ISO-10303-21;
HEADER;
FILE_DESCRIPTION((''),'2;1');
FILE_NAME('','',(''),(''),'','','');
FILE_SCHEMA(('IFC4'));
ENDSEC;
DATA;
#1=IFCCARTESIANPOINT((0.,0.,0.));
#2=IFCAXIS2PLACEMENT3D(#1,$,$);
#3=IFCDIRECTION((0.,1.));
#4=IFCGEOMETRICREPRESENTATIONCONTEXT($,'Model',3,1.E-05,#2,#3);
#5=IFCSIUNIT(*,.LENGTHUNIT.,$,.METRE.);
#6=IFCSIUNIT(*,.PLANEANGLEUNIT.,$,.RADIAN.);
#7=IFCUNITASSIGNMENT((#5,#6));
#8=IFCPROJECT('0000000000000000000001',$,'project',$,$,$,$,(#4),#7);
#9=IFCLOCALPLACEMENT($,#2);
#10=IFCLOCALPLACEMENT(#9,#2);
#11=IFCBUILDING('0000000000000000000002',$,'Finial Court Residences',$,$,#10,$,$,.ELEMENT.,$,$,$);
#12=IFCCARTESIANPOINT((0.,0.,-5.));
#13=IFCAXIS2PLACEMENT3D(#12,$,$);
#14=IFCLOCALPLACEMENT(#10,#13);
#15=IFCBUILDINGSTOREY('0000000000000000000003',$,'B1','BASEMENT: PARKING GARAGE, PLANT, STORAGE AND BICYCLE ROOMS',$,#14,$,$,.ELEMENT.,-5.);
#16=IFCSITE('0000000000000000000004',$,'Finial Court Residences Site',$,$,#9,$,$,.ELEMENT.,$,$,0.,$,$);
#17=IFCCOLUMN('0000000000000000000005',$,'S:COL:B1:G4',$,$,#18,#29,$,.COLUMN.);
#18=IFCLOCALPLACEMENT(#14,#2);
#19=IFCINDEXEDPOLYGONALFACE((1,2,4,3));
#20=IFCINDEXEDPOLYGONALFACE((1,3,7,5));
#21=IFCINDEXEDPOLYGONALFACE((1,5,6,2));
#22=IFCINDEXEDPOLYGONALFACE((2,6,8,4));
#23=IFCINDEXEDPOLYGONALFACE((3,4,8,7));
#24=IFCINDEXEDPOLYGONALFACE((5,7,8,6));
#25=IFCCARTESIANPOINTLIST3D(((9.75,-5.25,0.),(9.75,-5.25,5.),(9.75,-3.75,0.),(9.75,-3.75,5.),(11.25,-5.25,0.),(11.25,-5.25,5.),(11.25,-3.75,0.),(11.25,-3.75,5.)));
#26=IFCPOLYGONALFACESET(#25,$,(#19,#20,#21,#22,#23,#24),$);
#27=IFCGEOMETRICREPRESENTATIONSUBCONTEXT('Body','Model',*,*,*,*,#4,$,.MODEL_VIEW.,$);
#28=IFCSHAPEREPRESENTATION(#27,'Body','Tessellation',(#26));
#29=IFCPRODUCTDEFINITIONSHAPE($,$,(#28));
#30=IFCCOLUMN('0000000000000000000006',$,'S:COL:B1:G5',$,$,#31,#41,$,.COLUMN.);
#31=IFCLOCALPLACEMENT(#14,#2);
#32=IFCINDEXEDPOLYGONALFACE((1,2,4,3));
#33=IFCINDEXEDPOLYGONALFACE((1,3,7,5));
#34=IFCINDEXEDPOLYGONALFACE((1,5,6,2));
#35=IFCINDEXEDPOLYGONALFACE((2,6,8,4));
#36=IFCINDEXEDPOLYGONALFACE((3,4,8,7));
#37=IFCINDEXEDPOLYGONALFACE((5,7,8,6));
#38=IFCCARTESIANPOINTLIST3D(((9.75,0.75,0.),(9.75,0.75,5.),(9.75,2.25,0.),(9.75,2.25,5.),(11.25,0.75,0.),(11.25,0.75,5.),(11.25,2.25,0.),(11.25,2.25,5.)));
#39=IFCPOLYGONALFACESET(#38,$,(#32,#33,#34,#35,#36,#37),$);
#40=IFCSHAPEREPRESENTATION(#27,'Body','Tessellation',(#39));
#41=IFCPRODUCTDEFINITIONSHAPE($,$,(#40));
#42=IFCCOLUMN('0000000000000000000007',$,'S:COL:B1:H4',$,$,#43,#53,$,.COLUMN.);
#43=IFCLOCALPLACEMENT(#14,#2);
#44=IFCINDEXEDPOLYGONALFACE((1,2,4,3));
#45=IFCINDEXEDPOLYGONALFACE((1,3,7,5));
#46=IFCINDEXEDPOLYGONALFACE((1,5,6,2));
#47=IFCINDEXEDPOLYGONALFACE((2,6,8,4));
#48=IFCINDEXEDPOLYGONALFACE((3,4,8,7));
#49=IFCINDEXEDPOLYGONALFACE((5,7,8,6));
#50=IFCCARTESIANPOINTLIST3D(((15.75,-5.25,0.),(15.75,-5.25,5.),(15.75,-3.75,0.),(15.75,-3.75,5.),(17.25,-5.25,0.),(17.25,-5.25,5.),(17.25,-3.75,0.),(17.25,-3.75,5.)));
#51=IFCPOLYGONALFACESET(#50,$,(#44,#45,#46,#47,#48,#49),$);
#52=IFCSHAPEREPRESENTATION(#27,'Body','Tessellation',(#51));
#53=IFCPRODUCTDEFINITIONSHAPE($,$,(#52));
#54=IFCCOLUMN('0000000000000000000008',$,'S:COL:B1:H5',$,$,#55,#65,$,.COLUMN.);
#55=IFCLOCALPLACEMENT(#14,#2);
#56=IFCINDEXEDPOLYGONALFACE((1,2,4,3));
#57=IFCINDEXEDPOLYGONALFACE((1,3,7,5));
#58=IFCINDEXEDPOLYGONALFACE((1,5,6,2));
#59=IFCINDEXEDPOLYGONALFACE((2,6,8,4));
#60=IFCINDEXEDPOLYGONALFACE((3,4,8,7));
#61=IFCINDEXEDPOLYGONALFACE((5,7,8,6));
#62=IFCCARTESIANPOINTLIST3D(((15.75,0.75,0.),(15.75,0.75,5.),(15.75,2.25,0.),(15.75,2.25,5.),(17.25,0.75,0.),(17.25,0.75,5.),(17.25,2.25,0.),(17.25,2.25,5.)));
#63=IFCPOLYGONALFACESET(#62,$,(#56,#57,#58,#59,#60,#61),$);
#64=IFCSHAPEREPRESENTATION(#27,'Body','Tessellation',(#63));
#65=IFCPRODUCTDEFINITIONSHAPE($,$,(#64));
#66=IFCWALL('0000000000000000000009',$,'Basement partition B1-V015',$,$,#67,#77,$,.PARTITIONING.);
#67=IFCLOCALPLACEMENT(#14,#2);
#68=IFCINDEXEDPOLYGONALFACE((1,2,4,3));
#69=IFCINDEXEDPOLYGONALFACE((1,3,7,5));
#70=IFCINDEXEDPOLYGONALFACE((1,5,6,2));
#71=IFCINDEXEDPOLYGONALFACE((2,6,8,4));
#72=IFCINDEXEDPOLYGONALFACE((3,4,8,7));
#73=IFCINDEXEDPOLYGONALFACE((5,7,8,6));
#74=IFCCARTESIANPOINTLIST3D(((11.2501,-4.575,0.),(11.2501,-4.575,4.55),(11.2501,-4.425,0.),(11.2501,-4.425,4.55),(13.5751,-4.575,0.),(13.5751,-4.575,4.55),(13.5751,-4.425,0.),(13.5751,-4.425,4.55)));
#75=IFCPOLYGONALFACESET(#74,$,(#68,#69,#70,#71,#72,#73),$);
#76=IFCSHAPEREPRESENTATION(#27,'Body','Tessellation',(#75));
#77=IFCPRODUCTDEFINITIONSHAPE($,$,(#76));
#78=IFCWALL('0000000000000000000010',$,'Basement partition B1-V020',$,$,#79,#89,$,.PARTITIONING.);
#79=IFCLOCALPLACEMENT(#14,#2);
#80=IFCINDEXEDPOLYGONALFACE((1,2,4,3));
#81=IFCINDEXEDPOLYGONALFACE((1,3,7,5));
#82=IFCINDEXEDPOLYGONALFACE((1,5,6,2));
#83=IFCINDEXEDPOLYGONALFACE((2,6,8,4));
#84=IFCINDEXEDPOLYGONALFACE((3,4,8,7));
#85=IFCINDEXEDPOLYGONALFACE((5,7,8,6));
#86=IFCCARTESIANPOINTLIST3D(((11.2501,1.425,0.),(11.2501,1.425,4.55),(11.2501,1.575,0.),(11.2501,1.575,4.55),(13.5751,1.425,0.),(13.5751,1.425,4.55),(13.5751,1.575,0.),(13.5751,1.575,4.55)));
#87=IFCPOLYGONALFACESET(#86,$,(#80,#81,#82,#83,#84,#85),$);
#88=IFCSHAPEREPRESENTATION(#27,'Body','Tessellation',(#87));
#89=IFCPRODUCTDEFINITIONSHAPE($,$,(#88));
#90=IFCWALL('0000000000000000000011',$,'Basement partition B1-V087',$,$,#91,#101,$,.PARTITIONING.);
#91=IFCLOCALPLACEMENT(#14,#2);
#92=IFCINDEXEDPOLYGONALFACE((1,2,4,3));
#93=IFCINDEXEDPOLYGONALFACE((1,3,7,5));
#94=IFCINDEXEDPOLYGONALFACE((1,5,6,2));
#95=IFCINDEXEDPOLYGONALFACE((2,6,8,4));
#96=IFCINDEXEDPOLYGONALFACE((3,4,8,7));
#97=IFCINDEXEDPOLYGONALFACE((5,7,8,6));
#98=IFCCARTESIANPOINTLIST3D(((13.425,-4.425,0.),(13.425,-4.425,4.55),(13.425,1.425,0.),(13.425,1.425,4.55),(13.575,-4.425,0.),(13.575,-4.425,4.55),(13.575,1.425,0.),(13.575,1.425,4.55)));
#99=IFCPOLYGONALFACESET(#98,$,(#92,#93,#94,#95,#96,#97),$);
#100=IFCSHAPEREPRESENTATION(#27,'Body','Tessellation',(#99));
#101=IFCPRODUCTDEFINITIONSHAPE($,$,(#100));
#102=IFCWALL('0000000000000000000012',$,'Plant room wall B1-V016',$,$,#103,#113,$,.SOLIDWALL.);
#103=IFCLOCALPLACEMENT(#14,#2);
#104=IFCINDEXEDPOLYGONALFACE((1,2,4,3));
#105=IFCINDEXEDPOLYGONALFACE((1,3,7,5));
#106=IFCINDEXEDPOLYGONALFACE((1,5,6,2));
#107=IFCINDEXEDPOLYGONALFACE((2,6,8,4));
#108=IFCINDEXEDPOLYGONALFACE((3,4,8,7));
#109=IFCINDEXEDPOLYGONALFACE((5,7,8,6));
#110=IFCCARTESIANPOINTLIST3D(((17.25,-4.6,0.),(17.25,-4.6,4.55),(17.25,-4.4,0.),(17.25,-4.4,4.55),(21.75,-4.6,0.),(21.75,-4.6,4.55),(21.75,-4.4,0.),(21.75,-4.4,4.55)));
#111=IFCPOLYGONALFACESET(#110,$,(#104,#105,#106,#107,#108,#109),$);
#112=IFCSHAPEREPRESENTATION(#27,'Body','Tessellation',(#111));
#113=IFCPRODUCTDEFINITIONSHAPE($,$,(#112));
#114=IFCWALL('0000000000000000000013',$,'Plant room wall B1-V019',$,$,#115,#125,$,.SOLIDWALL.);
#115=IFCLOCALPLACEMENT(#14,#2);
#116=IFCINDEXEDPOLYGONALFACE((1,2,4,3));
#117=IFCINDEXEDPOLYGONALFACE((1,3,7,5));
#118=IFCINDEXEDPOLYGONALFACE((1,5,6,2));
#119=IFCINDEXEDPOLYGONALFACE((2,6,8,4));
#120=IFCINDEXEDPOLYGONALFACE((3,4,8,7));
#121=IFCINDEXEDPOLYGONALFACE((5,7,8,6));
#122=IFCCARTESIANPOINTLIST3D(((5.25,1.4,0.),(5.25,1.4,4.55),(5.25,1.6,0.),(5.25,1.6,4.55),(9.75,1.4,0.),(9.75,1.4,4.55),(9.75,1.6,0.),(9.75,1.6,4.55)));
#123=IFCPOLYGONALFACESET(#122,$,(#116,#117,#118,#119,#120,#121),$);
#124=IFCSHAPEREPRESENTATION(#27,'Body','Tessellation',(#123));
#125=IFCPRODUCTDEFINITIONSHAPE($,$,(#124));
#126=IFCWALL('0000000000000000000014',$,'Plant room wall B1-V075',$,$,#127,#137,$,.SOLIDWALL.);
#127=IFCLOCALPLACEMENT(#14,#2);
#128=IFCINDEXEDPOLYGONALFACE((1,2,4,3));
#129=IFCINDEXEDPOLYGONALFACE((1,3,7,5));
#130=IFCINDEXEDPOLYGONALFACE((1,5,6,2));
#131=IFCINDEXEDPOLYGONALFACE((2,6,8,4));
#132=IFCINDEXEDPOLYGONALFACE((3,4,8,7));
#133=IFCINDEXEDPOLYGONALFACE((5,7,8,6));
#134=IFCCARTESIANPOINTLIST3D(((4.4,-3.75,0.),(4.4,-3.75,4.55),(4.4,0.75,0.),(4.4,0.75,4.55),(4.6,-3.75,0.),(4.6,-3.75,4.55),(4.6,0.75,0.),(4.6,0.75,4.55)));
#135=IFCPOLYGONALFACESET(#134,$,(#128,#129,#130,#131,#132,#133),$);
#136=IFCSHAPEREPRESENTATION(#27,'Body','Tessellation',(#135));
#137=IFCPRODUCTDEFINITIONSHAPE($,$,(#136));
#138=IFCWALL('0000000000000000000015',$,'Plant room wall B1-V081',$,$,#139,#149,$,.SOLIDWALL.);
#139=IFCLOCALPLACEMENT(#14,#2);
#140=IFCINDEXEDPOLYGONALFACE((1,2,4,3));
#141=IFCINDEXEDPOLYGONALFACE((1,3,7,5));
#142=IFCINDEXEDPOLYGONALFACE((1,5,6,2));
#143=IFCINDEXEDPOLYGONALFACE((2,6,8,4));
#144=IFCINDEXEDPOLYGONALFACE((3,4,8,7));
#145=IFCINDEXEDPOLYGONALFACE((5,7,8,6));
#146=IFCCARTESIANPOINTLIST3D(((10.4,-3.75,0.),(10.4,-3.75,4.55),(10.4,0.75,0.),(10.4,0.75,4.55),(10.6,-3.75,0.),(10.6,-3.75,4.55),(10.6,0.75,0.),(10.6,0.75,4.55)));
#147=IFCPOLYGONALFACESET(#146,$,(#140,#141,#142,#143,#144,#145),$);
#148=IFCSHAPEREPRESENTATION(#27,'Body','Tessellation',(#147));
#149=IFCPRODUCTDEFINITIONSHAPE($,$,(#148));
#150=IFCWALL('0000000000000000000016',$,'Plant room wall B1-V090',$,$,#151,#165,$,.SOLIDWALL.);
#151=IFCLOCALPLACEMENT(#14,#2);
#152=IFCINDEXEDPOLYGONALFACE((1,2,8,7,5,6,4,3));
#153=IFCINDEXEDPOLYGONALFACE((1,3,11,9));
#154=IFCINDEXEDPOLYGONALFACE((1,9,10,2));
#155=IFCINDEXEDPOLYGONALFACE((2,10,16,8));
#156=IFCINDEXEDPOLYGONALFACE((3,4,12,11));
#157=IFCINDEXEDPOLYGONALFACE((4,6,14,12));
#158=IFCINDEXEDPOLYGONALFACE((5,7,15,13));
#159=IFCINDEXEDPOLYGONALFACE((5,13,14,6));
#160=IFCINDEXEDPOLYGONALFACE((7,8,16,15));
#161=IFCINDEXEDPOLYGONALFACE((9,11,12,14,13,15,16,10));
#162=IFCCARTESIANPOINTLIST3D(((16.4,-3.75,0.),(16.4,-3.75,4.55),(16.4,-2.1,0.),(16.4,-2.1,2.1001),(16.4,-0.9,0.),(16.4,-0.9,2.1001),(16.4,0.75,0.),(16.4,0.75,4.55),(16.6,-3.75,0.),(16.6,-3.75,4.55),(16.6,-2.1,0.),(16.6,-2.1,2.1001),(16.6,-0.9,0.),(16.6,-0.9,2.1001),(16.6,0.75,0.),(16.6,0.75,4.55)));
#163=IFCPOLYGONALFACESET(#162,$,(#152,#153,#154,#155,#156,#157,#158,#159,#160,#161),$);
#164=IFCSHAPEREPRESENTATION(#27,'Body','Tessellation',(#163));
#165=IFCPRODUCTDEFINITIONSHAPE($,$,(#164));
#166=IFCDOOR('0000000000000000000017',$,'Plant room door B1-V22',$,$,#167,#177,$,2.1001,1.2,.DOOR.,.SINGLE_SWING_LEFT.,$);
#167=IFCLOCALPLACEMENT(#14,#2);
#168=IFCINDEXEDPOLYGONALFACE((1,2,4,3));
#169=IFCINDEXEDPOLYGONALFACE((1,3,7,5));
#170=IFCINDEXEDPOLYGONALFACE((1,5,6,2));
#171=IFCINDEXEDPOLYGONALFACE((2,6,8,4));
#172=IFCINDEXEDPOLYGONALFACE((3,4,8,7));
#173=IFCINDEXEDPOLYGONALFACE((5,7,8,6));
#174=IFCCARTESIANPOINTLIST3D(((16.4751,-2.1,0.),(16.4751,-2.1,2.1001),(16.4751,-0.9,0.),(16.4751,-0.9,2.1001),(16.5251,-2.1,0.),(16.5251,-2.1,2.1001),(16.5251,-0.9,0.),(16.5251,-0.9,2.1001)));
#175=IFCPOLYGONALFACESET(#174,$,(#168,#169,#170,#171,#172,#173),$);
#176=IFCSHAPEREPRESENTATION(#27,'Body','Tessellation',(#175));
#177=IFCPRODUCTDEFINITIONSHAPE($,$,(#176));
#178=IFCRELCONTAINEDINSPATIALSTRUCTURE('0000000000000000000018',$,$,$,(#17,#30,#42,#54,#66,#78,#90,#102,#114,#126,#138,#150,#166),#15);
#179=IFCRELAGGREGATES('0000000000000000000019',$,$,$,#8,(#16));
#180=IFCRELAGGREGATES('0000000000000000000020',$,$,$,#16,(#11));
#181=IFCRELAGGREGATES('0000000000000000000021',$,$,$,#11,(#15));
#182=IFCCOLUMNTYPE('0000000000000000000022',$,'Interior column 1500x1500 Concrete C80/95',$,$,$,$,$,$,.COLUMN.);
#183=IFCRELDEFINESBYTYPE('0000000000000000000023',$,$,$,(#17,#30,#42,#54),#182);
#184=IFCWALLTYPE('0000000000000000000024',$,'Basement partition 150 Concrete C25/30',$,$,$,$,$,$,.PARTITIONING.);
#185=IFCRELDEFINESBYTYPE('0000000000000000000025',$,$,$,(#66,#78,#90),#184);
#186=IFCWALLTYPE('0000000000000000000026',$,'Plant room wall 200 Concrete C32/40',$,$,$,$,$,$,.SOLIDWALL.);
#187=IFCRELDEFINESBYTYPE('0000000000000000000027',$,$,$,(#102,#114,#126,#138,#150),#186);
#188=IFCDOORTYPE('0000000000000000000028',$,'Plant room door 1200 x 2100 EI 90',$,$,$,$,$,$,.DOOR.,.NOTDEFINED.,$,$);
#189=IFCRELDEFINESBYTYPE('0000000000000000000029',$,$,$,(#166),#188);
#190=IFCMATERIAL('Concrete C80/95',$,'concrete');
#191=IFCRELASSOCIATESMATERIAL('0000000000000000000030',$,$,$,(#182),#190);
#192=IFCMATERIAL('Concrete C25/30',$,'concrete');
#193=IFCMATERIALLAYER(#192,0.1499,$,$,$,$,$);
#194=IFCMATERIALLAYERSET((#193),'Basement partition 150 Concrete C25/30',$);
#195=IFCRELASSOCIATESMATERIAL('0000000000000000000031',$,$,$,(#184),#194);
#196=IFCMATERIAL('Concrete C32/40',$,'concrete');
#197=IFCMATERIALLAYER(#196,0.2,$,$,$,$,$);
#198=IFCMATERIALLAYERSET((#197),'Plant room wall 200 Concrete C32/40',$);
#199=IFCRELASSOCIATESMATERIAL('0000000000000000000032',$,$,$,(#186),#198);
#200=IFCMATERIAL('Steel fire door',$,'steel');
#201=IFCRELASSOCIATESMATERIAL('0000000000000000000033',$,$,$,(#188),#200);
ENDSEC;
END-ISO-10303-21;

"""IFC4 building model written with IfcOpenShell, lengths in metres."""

from ifc_helpers import new_model, si_unit, direction, frame, frame_2d, origin, origin_2d, place, context, subcontext, project, spatial, rectangle, extrude, material, layer, layer_set, material_profile, profile_set, type_object, element, fill, save


model = new_model("IFC4")

# Units and contexts
model_context = context("Model", 3, precision=1e-05, world=origin(), true_north=direction((0.0, 1.0)))
body_context = subcontext(model_context, "Body", "Model", "MODEL_VIEW")
ifc_project = project(units=[si_unit("LENGTHUNIT", "METRE"), si_unit("PLANEANGLEUNIT", "RADIAN")], contexts=[model_context])

# Site, building, storey
site_placement = place(None, origin())
site = spatial("IfcSite", under=ifc_project, at=site_placement, Name="Finial Court Residences Site", CompositionType="ELEMENT", RefElevation=0.0)
building_placement = place(site_placement, origin())
building = spatial("IfcBuilding", under=site, at=building_placement, Name="Finial Court Residences", CompositionType="ELEMENT")
storey_placement = place(building_placement, frame((0.0, 0.0, -5.0)))
storey = spatial("IfcBuildingStorey", under=building, at=storey_placement, Name="B1", Description="BASEMENT: PARKING GARAGE, PLANT, STORAGE AND BICYCLE ROOMS", CompositionType="ELEMENT", Elevation=-5.0)

# Columns
ifc_material_1 = material(Name="Concrete C80/95", Category="concrete")
ifc_material_profile_1 = material_profile(ifc_material_1, rectangle(XDim=1.5, YDim=1.5, at=origin_2d()), Name="1500x1500")
ifc_profile_set_1 = profile_set([ifc_material_profile_1], Name="Concrete C80/95")
column_type = type_object("IfcColumnType", Name="Interior column 1500x1500 Concrete C80/95", PredefinedType="COLUMN", material=ifc_profile_set_1)
for number, where, z_axis, x_axis, name in (
    (1, (10.5, -4.5, 0.0), (0.0, 0.0, 1.0), (1.0, 0.0, 0.0), "S:COL:B1:G4"),
    (2, (10.5, 1.5, 0.0), (0.0, 0.0, 1.0), (1.0, 0.0, 0.0), "S:COL:B1:G5"),
    (3, (16.5, -4.5, 0.0), (0.0, 0.0, 1.0), (1.0, 0.0, 0.0), "S:COL:B1:H4"),
    (4, (16.5, 1.5, 0.0), (0.0, 0.0, 1.0), (1.0, 0.0, 0.0), "S:COL:B1:H5"),
):
    element("IfcColumn", number, at=place(storey_placement, frame(where, z_axis=z_axis, x_axis=x_axis)), inside=storey, type_object=column_type, Name=name, PredefinedType="COLUMN", context=body_context, shape_type="SweptSolid", body=[
        extrude(rectangle(XDim=1.5, YDim=1.5, at=origin_2d()), origin(), (0.0, 0.0, 1.0), 5.0),
    ])

# Walls
ifc_material_2 = material(Name="Concrete C25/30", Category="concrete")
ifc_layer_1 = layer(ifc_material_2, 0.1499)
ifc_layer_set_1 = layer_set([ifc_layer_1], Name="Basement partition 150 Concrete C25/30")
wall_type_1 = type_object("IfcWallType", Name="Basement partition 150 Concrete C25/30", PredefinedType="PARTITIONING", material=ifc_layer_set_1)
for number, where, z_axis, x_axis, name in (
    (5, (11.25, -4.5, 0.0), (0.0, 0.0, 1.0), (1.0, 0.0, 0.0), "Basement partition B1-V015"),
    (6, (11.25, 1.5, 0.0), (0.0, 0.0, 1.0), (1.0, 0.0, 0.0), "Basement partition B1-V020"),
):
    element("IfcWall", number, at=place(storey_placement, frame(where, z_axis=z_axis, x_axis=x_axis)), inside=storey, type_object=wall_type_1, Name=name, PredefinedType="PARTITIONING", context=body_context, shape_type="SweptSolid", body=[
        extrude(rectangle(XDim=2.325, YDim=0.1499, at=frame_2d((1.1626, 0.0))), origin(), (0.0, 0.0, 1.0), 4.55),
    ])
wall_1_placement = place(storey_placement, frame((13.5, -4.425, 0.0), z_axis=(0.0, 0.0, 1.0), x_axis=(0.0, 1.0, 0.0)))
element("IfcWall", 7, at=wall_1_placement, inside=storey, type_object=wall_type_1, Name="Basement partition B1-V087", PredefinedType="PARTITIONING", context=body_context, shape_type="SweptSolid", body=[
    extrude(rectangle(XDim=5.8501, YDim=0.1499, at=frame_2d((2.925, 0.0))), origin(), (0.0, 0.0, 1.0), 4.55),
])
ifc_material_3 = material(Name="Concrete C32/40", Category="concrete")
ifc_layer_2 = layer(ifc_material_3, 0.2)
ifc_layer_set_2 = layer_set([ifc_layer_2], Name="Plant room wall 200 Concrete C32/40")
wall_type_2 = type_object("IfcWallType", Name="Plant room wall 200 Concrete C32/40", PredefinedType="SOLIDWALL", material=ifc_layer_set_2)
for number, where, z_axis, x_axis, name in (
    (8, (17.25, -4.5, 0.0), (0.0, 0.0, 1.0), (1.0, 0.0, 0.0), "Plant room wall B1-V016"),
    (9, (5.25, 1.5, 0.0), (0.0, 0.0, 1.0), (1.0, 0.0, 0.0), "Plant room wall B1-V019"),
    (10, (4.5, -3.75, 0.0), (0.0, 0.0, 1.0), (0.0, 1.0, 0.0), "Plant room wall B1-V075"),
    (11, (10.5, -3.75, 0.0), (0.0, 0.0, 1.0), (0.0, 1.0, 0.0), "Plant room wall B1-V081"),
):
    element("IfcWall", number, at=place(storey_placement, frame(where, z_axis=z_axis, x_axis=x_axis)), inside=storey, type_object=wall_type_2, Name=name, PredefinedType="SOLIDWALL", context=body_context, shape_type="SweptSolid", body=[
        extrude(rectangle(XDim=4.5, YDim=0.2, at=frame_2d((2.25, 0.0))), origin(), (0.0, 0.0, 1.0), 4.55),
    ])

# Wall, opening, door
wall_2_placement = place(storey_placement, frame((16.5, -3.75, 0.0), z_axis=(0.0, 0.0, 1.0), x_axis=(0.0, 1.0, 0.0)))
wall_2 = element("IfcWall", 12, at=wall_2_placement, inside=storey, type_object=wall_type_2, Name="Plant room wall B1-V090", PredefinedType="SOLIDWALL", context=body_context, shape_type="SweptSolid", body=[
    extrude(rectangle(XDim=4.5, YDim=0.2, at=frame_2d((2.25, 0.0))), origin(), (0.0, 0.0, 1.0), 4.55),
])
opening_placement = place(wall_2_placement, frame((1.6499, 0.0, 0.0)))
opening = element("IfcOpeningElement", 13, at=opening_placement, cuts=wall_2, PredefinedType="OPENING", context=body_context, shape_type="SweptSolid", body=[
    extrude(rectangle(XDim=1.2, YDim=2.1001, at=frame_2d((0.6001, 1.05))), frame((0.0, 0.1099, 0.0), z_axis=(0.0, -1.0, 0.0), x_axis=(1.0, 0.0, 0.0)), (0.0, 0.0, 1.0), 0.22),
])
ifc_material_4 = material(Name="Steel fire door", Category="steel")
door_type = type_object("IfcDoorType", Name="Plant room door 1200 x 2100 EI 90", OperationType="NOTDEFINED", PredefinedType="DOOR", material=ifc_material_4)
door_placement = place(opening_placement, origin())
door = element("IfcDoor", 14, at=door_placement, inside=storey, type_object=door_type, Name="Plant room door B1-V22", OperationType="SINGLE_SWING_LEFT", OverallHeight=2.1001, OverallWidth=1.2, PredefinedType="DOOR", context=body_context, shape_type="SweptSolid", body=[
    extrude(rectangle(XDim=1.2, YDim=2.1001, at=frame_2d((0.6001, 1.05))), frame((0.0, 0.0249, 0.0), z_axis=(0.0, -1.0, 0.0), x_axis=(1.0, 0.0, 0.0)), (0.0, 0.0, 1.0), 0.05),
])
fill(opening, door)

save(model, "model.ifc")
